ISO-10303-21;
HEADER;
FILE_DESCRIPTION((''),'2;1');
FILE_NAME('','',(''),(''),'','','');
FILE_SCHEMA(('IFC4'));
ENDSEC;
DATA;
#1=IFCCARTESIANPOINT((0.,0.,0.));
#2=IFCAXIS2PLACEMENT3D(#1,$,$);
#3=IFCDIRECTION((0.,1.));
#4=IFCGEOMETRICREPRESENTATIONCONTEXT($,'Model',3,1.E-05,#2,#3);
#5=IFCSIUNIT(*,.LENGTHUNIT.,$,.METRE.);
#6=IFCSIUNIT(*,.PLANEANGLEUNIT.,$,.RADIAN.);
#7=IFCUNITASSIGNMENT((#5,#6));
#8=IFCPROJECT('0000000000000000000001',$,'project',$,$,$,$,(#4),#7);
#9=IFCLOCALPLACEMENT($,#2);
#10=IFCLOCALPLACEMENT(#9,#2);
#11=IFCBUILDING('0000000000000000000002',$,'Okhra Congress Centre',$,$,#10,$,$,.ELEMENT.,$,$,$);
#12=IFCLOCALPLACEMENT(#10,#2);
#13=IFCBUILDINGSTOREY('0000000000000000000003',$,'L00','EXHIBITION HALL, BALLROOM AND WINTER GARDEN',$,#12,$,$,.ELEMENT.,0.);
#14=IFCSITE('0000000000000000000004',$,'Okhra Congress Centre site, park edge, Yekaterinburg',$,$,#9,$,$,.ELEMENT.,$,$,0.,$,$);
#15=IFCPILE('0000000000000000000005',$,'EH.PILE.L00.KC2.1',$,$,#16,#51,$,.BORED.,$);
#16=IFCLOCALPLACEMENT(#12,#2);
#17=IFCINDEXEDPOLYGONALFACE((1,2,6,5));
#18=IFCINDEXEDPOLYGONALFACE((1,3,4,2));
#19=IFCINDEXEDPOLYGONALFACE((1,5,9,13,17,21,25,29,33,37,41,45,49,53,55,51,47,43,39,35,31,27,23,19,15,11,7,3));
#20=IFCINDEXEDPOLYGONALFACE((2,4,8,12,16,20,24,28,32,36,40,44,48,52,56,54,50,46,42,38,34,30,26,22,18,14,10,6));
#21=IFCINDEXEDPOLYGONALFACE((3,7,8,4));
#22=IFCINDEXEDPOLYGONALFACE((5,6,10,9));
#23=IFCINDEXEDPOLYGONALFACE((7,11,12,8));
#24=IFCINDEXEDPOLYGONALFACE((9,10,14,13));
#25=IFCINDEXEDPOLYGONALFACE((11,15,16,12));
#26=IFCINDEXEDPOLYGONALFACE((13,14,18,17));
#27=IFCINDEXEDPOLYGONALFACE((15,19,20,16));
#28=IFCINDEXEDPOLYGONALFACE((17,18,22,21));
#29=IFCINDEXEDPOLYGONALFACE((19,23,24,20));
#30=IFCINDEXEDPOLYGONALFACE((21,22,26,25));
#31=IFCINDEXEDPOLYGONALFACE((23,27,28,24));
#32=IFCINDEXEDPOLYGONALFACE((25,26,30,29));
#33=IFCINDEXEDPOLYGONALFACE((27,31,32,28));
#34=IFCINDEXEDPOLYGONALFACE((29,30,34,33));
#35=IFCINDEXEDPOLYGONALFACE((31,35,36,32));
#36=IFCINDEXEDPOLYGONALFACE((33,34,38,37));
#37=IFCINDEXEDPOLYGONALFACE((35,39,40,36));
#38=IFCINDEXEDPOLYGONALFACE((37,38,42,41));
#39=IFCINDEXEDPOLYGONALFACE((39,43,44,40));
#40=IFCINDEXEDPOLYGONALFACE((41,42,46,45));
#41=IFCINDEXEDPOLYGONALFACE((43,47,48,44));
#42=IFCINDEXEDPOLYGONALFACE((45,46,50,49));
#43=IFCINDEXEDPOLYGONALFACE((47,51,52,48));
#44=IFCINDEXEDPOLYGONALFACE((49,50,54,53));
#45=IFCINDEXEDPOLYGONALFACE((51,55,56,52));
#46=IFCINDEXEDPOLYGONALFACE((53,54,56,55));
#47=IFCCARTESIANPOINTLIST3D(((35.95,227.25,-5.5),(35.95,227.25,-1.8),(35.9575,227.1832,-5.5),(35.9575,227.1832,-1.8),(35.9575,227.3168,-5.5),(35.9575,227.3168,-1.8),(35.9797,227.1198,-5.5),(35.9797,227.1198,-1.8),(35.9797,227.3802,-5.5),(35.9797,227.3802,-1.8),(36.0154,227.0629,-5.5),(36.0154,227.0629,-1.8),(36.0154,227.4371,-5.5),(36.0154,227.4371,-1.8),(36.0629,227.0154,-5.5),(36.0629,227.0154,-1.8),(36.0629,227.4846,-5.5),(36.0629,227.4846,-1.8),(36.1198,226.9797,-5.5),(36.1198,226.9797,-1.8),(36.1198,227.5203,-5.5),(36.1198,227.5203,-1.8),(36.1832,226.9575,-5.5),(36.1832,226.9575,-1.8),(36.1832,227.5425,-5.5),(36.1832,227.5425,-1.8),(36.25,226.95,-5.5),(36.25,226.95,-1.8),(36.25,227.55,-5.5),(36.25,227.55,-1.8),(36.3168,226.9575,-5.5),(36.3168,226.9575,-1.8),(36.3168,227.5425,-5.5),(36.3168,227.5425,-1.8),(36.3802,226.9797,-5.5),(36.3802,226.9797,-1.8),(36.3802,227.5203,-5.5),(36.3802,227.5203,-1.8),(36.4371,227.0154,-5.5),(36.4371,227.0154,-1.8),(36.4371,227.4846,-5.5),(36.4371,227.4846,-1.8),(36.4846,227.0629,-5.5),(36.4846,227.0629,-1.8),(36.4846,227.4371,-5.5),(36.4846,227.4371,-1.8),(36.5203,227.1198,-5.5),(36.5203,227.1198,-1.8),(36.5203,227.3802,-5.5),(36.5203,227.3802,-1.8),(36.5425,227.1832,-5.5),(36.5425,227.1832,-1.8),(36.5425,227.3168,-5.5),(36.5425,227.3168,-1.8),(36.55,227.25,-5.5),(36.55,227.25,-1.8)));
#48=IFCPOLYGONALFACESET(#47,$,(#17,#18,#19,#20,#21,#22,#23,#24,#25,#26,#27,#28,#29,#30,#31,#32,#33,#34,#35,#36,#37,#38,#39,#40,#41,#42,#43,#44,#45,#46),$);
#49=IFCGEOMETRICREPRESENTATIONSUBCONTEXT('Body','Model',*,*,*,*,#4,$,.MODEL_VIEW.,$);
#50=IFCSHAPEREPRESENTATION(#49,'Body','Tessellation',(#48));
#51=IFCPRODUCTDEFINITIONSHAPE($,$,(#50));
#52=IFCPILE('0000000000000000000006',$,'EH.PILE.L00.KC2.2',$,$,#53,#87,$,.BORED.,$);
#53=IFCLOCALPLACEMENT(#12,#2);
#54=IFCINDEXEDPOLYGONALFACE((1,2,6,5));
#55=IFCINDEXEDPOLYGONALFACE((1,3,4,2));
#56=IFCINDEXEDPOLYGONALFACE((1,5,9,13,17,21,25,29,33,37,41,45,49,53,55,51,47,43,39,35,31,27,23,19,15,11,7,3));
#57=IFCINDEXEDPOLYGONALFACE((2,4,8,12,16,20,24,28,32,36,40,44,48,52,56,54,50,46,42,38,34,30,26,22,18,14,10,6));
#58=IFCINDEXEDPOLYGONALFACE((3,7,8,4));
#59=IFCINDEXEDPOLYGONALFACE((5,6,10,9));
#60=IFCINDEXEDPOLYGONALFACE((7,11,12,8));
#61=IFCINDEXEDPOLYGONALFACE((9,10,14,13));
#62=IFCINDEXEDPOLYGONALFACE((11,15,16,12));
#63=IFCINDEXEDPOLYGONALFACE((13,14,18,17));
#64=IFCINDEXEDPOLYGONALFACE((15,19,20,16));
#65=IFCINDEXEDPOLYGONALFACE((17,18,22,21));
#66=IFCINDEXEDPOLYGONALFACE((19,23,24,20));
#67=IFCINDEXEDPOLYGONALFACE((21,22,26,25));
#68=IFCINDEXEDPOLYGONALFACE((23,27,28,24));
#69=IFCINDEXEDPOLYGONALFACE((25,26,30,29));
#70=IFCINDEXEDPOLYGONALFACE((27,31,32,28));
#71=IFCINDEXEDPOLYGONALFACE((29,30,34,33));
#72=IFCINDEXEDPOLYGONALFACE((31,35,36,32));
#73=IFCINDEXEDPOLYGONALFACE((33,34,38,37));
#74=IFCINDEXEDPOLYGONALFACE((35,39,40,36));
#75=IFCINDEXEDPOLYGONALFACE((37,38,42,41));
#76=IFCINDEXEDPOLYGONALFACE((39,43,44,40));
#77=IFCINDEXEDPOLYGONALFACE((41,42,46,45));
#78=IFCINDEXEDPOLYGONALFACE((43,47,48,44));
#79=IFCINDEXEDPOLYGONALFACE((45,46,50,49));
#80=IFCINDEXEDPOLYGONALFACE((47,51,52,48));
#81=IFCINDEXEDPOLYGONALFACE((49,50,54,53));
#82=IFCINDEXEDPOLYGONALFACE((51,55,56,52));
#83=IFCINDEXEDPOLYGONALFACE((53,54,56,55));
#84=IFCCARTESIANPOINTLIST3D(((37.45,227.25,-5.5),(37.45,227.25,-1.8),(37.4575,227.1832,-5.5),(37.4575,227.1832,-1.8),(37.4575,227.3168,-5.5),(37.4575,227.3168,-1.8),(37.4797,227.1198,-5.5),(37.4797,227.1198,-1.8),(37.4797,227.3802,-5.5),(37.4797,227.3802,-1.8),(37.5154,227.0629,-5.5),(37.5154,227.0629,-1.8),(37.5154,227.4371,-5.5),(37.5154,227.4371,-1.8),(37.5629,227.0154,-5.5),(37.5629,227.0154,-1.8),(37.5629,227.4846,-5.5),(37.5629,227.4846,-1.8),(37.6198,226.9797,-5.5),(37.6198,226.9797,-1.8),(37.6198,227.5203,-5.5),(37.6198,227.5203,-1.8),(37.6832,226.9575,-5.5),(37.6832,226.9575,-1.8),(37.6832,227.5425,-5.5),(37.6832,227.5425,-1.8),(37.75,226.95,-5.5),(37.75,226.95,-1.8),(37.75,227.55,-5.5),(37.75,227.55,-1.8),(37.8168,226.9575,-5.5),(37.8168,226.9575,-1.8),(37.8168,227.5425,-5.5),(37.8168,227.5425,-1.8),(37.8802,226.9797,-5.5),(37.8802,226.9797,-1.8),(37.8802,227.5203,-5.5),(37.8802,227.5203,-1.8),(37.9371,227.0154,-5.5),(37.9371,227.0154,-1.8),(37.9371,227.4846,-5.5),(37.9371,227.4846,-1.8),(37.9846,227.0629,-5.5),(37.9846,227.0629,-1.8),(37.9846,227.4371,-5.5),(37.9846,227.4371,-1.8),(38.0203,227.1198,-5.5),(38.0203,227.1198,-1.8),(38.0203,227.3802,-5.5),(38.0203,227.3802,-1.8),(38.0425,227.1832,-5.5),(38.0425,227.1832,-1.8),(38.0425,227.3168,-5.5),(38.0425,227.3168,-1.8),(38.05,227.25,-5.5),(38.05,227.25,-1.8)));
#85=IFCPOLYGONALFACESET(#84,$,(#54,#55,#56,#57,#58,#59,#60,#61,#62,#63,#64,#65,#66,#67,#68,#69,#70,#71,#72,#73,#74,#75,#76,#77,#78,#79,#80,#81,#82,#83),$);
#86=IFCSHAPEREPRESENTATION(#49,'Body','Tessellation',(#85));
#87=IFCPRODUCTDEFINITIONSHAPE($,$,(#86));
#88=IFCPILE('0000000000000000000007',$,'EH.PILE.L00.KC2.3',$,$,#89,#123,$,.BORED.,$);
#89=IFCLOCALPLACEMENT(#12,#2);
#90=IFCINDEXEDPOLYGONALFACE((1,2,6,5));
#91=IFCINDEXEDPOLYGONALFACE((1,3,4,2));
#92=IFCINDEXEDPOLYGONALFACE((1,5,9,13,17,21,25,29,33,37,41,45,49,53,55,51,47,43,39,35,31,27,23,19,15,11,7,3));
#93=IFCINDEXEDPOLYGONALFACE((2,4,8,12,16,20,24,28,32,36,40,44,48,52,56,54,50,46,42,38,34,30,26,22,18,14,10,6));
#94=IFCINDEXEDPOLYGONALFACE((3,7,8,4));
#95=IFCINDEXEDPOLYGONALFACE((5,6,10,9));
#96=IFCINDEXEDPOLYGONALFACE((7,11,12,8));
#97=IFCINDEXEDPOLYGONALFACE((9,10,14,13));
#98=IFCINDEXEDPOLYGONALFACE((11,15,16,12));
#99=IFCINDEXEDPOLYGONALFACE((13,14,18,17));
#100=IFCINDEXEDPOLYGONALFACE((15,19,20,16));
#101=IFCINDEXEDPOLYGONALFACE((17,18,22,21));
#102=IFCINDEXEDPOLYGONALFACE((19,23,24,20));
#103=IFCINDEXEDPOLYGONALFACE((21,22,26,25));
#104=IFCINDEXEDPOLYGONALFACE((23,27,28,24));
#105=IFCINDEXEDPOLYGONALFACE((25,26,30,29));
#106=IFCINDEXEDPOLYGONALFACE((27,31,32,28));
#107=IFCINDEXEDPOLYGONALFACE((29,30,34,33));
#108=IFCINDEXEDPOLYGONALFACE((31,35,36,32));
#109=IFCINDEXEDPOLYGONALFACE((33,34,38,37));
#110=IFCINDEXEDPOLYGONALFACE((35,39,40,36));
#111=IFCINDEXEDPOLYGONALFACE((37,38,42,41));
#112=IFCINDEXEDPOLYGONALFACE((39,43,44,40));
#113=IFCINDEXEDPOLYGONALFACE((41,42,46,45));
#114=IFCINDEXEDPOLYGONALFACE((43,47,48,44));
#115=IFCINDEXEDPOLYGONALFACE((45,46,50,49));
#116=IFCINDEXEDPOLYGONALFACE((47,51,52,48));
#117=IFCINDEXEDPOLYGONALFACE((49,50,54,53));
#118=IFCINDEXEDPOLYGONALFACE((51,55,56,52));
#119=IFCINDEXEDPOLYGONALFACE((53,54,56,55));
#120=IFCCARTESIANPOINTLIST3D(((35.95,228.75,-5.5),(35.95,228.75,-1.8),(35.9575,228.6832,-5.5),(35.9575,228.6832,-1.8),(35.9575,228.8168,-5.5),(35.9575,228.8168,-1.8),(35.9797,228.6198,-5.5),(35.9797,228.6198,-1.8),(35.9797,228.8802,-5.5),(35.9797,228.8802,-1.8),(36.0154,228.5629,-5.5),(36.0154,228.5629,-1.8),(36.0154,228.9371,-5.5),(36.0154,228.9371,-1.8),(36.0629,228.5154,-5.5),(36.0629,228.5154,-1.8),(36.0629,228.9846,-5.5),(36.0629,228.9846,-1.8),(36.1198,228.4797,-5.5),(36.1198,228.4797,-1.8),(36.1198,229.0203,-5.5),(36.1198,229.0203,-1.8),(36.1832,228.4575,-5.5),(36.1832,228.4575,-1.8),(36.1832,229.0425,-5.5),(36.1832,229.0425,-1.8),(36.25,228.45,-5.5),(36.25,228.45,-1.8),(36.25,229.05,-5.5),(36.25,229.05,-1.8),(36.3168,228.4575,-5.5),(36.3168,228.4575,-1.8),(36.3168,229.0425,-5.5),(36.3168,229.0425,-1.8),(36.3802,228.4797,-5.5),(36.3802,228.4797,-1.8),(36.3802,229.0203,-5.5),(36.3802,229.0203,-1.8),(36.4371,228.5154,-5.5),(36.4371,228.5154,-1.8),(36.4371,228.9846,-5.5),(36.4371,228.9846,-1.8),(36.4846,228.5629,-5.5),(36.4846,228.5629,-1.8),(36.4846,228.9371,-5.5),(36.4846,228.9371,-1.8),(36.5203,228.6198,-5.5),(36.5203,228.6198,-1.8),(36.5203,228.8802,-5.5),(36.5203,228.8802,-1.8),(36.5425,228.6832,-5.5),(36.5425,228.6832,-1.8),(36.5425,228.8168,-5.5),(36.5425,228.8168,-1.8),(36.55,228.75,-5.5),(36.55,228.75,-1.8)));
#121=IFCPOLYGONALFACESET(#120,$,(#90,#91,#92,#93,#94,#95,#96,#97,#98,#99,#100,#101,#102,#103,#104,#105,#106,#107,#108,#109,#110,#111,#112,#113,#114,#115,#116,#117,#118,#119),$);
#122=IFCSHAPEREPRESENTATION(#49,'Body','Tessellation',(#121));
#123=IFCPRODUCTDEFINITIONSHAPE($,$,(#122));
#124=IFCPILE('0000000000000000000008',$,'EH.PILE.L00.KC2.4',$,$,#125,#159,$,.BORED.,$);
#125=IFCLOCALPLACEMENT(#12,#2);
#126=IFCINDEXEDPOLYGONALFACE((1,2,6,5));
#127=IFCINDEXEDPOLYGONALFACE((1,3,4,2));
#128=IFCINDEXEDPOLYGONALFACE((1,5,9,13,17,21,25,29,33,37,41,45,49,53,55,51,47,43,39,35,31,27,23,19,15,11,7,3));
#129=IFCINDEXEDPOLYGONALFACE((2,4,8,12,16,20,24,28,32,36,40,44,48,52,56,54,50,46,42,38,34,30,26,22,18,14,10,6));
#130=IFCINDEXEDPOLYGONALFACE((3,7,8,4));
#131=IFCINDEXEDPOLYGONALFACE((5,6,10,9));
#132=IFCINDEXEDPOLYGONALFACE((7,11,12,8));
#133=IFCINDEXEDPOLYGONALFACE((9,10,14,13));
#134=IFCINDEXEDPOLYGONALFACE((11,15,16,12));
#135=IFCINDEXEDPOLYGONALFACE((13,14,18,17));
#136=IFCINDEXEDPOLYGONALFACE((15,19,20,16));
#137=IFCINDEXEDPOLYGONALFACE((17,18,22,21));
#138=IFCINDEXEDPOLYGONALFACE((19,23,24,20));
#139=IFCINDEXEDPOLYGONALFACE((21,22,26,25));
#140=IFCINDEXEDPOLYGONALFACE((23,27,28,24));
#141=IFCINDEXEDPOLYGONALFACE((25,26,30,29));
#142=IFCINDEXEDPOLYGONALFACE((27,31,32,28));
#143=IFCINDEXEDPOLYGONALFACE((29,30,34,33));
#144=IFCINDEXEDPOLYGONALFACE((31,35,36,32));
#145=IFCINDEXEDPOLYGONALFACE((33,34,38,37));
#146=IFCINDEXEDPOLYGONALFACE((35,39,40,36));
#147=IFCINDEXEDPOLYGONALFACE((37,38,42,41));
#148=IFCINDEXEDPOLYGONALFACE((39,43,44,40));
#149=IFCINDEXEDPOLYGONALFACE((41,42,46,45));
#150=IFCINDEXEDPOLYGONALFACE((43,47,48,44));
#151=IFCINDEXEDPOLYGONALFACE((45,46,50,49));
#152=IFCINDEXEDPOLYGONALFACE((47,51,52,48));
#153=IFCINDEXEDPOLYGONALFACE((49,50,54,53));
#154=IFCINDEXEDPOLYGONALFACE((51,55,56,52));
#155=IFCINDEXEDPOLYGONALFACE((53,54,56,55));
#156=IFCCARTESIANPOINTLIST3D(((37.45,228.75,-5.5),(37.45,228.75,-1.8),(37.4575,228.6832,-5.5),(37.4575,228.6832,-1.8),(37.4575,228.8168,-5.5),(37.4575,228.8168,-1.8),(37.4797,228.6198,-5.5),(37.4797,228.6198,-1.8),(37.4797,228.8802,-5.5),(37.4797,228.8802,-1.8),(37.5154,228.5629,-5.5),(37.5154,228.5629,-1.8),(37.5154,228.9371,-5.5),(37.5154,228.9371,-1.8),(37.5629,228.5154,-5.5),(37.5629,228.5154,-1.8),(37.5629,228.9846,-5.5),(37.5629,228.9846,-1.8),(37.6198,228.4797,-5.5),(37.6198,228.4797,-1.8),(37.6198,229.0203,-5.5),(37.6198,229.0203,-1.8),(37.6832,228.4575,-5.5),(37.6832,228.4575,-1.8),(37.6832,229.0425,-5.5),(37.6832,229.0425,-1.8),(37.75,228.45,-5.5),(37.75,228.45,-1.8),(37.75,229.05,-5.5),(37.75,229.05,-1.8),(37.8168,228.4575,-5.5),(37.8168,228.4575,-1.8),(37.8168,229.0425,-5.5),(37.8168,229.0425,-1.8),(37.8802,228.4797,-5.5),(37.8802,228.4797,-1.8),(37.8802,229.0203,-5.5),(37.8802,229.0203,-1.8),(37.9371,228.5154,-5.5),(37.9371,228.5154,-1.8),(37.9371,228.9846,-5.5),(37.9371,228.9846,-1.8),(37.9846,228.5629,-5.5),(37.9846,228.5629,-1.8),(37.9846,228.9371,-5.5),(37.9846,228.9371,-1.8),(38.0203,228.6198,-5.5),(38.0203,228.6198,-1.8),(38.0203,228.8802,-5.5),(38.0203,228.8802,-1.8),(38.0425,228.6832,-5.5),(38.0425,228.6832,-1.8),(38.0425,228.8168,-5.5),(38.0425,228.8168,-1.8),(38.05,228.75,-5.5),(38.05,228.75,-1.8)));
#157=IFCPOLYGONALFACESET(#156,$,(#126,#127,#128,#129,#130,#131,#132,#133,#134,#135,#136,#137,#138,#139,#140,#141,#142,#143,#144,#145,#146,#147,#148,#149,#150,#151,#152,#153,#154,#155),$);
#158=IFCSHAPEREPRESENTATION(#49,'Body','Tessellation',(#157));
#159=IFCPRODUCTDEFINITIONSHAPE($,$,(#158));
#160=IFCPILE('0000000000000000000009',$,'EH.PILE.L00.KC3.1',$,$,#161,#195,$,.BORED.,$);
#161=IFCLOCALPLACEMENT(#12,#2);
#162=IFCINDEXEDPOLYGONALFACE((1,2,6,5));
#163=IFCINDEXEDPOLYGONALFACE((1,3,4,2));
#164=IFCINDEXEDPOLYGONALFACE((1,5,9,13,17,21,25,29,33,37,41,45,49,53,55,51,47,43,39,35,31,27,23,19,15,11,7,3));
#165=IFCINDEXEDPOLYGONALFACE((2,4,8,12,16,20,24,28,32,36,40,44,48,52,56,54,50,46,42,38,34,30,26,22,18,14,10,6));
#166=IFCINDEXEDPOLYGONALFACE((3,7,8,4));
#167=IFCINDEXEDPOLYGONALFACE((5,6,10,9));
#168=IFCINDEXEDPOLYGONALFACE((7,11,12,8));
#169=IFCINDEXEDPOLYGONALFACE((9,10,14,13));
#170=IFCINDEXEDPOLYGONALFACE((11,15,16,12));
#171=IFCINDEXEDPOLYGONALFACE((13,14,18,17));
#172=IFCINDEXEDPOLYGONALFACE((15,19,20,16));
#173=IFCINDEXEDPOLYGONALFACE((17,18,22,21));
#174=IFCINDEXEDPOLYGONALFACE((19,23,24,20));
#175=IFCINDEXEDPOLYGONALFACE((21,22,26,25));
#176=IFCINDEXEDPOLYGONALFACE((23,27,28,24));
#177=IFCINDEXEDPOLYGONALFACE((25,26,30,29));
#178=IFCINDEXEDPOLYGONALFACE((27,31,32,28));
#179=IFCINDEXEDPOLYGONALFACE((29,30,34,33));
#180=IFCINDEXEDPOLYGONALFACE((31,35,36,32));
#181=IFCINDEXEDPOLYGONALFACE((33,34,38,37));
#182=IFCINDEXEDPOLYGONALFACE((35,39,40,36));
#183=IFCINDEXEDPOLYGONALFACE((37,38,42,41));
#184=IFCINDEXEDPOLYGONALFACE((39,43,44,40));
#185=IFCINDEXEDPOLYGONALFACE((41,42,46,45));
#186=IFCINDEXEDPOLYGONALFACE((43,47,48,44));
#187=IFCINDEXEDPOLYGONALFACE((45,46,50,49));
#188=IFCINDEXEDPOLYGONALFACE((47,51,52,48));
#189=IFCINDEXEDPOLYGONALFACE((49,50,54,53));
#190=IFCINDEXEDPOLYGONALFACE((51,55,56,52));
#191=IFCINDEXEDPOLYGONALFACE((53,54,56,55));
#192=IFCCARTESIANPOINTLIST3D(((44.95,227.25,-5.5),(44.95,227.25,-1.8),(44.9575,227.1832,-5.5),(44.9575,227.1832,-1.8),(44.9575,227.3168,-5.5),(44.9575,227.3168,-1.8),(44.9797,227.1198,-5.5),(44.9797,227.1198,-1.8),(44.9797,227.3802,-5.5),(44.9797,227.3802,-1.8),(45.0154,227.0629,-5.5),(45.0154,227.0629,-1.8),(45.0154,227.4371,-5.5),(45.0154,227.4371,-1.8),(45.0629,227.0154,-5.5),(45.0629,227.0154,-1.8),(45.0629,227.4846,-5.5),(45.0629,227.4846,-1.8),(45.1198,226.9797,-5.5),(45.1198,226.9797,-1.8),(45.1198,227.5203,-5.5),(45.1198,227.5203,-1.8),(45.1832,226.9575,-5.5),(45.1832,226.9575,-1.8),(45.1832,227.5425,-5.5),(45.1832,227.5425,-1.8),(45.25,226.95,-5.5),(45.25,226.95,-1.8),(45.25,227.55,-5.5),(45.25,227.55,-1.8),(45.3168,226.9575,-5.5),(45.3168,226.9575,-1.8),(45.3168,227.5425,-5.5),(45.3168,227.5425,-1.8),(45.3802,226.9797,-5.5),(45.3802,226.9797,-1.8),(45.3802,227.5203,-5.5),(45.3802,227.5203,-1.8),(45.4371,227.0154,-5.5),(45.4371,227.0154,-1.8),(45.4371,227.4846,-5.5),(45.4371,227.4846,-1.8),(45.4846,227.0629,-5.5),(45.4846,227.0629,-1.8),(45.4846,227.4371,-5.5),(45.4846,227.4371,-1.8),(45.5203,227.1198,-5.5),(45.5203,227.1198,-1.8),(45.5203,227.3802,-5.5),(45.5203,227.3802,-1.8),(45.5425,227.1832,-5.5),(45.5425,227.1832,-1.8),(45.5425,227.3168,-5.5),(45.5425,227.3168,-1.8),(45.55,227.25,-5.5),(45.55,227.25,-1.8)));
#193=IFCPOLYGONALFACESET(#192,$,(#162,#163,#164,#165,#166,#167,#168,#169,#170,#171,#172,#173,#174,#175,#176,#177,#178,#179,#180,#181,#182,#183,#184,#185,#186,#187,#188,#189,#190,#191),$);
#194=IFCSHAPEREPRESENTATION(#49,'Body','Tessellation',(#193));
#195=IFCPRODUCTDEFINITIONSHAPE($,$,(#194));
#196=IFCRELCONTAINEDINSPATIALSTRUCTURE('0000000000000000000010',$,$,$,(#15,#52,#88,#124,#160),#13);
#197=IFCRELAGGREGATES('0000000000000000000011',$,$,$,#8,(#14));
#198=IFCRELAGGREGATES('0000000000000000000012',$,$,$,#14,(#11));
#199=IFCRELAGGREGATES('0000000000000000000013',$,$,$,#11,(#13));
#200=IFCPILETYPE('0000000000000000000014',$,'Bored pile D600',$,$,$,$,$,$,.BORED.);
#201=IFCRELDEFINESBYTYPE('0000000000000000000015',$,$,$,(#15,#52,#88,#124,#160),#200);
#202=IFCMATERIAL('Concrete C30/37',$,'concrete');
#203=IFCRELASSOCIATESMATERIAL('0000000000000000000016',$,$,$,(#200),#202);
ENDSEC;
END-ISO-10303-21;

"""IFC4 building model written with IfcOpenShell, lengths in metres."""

from ifc_helpers import new_model, si_unit, direction, frame, origin, origin_2d, place, context, subcontext, project, spatial, circle, extrude, material, material_profile, profile_set, type_object, element, save


model = new_model("IFC4")

# Units and contexts
model_context = context("Model", 3, precision=1e-05, world=origin(), true_north=direction((0.0, 1.0)))
body_context = subcontext(model_context, "Body", "Model", "MODEL_VIEW")
ifc_project = project(units=[si_unit("LENGTHUNIT", "METRE"), si_unit("PLANEANGLEUNIT", "RADIAN")], contexts=[model_context])

# Site, building, storey
site_placement = place(None, origin())
site = spatial("IfcSite", under=ifc_project, at=site_placement, Name="Okhra Congress Centre site, park edge, Yekaterinburg", CompositionType="ELEMENT", RefElevation=0.0)
building_placement = place(site_placement, origin())
building = spatial("IfcBuilding", under=site, at=building_placement, Name="Okhra Congress Centre", CompositionType="ELEMENT")
storey_placement = place(building_placement, origin())
storey = spatial("IfcBuildingStorey", under=building, at=storey_placement, Name="L00", Description="EXHIBITION HALL, BALLROOM AND WINTER GARDEN", CompositionType="ELEMENT", Elevation=0.0)

# Piles
ifc_material_1 = material(Name="Concrete C30/37", Category="concrete")
ifc_material_profile_1 = material_profile(ifc_material_1, circle(Radius=0.3, at=origin_2d()), Name="D600")
ifc_profile_set_1 = profile_set([ifc_material_profile_1], Name="Concrete C30/37")
pile_type_1 = type_object("IfcPileType", Name="Bored pile D600", PredefinedType="BORED", material=ifc_profile_set_1)
for number, where, z_axis, x_axis, name in (
    (1, (36.25, 227.25, -1.8), (0.0, 0.0, -1.0), (1.0, 0.0, 0.0), "EH.PILE.L00.KC2.1"),
    (2, (37.75, 227.25, -1.8), (0.0, 0.0, -1.0), (1.0, 0.0, 0.0), "EH.PILE.L00.KC2.2"),
    (3, (36.25, 228.75, -1.8), (0.0, 0.0, -1.0), (1.0, 0.0, 0.0), "EH.PILE.L00.KC2.3"),
    (4, (37.75, 228.75, -1.8), (0.0, 0.0, -1.0), (1.0, 0.0, 0.0), "EH.PILE.L00.KC2.4"),
    (5, (45.25, 227.25, -1.8), (0.0, 0.0, -1.0), (1.0, 0.0, 0.0), "EH.PILE.L00.KC3.1"),
):
    element("IfcPile", number, at=place(storey_placement, frame(where, z_axis=z_axis, x_axis=x_axis)), inside=storey, type_object=pile_type_1, Name=name, PredefinedType="BORED", context=body_context, shape_type="SweptSolid", body=[
        extrude(circle(Radius=0.3, at=origin_2d()), origin(), (0.0, 0.0, 1.0), 3.7),
    ])

save(model, "model.ifc")
